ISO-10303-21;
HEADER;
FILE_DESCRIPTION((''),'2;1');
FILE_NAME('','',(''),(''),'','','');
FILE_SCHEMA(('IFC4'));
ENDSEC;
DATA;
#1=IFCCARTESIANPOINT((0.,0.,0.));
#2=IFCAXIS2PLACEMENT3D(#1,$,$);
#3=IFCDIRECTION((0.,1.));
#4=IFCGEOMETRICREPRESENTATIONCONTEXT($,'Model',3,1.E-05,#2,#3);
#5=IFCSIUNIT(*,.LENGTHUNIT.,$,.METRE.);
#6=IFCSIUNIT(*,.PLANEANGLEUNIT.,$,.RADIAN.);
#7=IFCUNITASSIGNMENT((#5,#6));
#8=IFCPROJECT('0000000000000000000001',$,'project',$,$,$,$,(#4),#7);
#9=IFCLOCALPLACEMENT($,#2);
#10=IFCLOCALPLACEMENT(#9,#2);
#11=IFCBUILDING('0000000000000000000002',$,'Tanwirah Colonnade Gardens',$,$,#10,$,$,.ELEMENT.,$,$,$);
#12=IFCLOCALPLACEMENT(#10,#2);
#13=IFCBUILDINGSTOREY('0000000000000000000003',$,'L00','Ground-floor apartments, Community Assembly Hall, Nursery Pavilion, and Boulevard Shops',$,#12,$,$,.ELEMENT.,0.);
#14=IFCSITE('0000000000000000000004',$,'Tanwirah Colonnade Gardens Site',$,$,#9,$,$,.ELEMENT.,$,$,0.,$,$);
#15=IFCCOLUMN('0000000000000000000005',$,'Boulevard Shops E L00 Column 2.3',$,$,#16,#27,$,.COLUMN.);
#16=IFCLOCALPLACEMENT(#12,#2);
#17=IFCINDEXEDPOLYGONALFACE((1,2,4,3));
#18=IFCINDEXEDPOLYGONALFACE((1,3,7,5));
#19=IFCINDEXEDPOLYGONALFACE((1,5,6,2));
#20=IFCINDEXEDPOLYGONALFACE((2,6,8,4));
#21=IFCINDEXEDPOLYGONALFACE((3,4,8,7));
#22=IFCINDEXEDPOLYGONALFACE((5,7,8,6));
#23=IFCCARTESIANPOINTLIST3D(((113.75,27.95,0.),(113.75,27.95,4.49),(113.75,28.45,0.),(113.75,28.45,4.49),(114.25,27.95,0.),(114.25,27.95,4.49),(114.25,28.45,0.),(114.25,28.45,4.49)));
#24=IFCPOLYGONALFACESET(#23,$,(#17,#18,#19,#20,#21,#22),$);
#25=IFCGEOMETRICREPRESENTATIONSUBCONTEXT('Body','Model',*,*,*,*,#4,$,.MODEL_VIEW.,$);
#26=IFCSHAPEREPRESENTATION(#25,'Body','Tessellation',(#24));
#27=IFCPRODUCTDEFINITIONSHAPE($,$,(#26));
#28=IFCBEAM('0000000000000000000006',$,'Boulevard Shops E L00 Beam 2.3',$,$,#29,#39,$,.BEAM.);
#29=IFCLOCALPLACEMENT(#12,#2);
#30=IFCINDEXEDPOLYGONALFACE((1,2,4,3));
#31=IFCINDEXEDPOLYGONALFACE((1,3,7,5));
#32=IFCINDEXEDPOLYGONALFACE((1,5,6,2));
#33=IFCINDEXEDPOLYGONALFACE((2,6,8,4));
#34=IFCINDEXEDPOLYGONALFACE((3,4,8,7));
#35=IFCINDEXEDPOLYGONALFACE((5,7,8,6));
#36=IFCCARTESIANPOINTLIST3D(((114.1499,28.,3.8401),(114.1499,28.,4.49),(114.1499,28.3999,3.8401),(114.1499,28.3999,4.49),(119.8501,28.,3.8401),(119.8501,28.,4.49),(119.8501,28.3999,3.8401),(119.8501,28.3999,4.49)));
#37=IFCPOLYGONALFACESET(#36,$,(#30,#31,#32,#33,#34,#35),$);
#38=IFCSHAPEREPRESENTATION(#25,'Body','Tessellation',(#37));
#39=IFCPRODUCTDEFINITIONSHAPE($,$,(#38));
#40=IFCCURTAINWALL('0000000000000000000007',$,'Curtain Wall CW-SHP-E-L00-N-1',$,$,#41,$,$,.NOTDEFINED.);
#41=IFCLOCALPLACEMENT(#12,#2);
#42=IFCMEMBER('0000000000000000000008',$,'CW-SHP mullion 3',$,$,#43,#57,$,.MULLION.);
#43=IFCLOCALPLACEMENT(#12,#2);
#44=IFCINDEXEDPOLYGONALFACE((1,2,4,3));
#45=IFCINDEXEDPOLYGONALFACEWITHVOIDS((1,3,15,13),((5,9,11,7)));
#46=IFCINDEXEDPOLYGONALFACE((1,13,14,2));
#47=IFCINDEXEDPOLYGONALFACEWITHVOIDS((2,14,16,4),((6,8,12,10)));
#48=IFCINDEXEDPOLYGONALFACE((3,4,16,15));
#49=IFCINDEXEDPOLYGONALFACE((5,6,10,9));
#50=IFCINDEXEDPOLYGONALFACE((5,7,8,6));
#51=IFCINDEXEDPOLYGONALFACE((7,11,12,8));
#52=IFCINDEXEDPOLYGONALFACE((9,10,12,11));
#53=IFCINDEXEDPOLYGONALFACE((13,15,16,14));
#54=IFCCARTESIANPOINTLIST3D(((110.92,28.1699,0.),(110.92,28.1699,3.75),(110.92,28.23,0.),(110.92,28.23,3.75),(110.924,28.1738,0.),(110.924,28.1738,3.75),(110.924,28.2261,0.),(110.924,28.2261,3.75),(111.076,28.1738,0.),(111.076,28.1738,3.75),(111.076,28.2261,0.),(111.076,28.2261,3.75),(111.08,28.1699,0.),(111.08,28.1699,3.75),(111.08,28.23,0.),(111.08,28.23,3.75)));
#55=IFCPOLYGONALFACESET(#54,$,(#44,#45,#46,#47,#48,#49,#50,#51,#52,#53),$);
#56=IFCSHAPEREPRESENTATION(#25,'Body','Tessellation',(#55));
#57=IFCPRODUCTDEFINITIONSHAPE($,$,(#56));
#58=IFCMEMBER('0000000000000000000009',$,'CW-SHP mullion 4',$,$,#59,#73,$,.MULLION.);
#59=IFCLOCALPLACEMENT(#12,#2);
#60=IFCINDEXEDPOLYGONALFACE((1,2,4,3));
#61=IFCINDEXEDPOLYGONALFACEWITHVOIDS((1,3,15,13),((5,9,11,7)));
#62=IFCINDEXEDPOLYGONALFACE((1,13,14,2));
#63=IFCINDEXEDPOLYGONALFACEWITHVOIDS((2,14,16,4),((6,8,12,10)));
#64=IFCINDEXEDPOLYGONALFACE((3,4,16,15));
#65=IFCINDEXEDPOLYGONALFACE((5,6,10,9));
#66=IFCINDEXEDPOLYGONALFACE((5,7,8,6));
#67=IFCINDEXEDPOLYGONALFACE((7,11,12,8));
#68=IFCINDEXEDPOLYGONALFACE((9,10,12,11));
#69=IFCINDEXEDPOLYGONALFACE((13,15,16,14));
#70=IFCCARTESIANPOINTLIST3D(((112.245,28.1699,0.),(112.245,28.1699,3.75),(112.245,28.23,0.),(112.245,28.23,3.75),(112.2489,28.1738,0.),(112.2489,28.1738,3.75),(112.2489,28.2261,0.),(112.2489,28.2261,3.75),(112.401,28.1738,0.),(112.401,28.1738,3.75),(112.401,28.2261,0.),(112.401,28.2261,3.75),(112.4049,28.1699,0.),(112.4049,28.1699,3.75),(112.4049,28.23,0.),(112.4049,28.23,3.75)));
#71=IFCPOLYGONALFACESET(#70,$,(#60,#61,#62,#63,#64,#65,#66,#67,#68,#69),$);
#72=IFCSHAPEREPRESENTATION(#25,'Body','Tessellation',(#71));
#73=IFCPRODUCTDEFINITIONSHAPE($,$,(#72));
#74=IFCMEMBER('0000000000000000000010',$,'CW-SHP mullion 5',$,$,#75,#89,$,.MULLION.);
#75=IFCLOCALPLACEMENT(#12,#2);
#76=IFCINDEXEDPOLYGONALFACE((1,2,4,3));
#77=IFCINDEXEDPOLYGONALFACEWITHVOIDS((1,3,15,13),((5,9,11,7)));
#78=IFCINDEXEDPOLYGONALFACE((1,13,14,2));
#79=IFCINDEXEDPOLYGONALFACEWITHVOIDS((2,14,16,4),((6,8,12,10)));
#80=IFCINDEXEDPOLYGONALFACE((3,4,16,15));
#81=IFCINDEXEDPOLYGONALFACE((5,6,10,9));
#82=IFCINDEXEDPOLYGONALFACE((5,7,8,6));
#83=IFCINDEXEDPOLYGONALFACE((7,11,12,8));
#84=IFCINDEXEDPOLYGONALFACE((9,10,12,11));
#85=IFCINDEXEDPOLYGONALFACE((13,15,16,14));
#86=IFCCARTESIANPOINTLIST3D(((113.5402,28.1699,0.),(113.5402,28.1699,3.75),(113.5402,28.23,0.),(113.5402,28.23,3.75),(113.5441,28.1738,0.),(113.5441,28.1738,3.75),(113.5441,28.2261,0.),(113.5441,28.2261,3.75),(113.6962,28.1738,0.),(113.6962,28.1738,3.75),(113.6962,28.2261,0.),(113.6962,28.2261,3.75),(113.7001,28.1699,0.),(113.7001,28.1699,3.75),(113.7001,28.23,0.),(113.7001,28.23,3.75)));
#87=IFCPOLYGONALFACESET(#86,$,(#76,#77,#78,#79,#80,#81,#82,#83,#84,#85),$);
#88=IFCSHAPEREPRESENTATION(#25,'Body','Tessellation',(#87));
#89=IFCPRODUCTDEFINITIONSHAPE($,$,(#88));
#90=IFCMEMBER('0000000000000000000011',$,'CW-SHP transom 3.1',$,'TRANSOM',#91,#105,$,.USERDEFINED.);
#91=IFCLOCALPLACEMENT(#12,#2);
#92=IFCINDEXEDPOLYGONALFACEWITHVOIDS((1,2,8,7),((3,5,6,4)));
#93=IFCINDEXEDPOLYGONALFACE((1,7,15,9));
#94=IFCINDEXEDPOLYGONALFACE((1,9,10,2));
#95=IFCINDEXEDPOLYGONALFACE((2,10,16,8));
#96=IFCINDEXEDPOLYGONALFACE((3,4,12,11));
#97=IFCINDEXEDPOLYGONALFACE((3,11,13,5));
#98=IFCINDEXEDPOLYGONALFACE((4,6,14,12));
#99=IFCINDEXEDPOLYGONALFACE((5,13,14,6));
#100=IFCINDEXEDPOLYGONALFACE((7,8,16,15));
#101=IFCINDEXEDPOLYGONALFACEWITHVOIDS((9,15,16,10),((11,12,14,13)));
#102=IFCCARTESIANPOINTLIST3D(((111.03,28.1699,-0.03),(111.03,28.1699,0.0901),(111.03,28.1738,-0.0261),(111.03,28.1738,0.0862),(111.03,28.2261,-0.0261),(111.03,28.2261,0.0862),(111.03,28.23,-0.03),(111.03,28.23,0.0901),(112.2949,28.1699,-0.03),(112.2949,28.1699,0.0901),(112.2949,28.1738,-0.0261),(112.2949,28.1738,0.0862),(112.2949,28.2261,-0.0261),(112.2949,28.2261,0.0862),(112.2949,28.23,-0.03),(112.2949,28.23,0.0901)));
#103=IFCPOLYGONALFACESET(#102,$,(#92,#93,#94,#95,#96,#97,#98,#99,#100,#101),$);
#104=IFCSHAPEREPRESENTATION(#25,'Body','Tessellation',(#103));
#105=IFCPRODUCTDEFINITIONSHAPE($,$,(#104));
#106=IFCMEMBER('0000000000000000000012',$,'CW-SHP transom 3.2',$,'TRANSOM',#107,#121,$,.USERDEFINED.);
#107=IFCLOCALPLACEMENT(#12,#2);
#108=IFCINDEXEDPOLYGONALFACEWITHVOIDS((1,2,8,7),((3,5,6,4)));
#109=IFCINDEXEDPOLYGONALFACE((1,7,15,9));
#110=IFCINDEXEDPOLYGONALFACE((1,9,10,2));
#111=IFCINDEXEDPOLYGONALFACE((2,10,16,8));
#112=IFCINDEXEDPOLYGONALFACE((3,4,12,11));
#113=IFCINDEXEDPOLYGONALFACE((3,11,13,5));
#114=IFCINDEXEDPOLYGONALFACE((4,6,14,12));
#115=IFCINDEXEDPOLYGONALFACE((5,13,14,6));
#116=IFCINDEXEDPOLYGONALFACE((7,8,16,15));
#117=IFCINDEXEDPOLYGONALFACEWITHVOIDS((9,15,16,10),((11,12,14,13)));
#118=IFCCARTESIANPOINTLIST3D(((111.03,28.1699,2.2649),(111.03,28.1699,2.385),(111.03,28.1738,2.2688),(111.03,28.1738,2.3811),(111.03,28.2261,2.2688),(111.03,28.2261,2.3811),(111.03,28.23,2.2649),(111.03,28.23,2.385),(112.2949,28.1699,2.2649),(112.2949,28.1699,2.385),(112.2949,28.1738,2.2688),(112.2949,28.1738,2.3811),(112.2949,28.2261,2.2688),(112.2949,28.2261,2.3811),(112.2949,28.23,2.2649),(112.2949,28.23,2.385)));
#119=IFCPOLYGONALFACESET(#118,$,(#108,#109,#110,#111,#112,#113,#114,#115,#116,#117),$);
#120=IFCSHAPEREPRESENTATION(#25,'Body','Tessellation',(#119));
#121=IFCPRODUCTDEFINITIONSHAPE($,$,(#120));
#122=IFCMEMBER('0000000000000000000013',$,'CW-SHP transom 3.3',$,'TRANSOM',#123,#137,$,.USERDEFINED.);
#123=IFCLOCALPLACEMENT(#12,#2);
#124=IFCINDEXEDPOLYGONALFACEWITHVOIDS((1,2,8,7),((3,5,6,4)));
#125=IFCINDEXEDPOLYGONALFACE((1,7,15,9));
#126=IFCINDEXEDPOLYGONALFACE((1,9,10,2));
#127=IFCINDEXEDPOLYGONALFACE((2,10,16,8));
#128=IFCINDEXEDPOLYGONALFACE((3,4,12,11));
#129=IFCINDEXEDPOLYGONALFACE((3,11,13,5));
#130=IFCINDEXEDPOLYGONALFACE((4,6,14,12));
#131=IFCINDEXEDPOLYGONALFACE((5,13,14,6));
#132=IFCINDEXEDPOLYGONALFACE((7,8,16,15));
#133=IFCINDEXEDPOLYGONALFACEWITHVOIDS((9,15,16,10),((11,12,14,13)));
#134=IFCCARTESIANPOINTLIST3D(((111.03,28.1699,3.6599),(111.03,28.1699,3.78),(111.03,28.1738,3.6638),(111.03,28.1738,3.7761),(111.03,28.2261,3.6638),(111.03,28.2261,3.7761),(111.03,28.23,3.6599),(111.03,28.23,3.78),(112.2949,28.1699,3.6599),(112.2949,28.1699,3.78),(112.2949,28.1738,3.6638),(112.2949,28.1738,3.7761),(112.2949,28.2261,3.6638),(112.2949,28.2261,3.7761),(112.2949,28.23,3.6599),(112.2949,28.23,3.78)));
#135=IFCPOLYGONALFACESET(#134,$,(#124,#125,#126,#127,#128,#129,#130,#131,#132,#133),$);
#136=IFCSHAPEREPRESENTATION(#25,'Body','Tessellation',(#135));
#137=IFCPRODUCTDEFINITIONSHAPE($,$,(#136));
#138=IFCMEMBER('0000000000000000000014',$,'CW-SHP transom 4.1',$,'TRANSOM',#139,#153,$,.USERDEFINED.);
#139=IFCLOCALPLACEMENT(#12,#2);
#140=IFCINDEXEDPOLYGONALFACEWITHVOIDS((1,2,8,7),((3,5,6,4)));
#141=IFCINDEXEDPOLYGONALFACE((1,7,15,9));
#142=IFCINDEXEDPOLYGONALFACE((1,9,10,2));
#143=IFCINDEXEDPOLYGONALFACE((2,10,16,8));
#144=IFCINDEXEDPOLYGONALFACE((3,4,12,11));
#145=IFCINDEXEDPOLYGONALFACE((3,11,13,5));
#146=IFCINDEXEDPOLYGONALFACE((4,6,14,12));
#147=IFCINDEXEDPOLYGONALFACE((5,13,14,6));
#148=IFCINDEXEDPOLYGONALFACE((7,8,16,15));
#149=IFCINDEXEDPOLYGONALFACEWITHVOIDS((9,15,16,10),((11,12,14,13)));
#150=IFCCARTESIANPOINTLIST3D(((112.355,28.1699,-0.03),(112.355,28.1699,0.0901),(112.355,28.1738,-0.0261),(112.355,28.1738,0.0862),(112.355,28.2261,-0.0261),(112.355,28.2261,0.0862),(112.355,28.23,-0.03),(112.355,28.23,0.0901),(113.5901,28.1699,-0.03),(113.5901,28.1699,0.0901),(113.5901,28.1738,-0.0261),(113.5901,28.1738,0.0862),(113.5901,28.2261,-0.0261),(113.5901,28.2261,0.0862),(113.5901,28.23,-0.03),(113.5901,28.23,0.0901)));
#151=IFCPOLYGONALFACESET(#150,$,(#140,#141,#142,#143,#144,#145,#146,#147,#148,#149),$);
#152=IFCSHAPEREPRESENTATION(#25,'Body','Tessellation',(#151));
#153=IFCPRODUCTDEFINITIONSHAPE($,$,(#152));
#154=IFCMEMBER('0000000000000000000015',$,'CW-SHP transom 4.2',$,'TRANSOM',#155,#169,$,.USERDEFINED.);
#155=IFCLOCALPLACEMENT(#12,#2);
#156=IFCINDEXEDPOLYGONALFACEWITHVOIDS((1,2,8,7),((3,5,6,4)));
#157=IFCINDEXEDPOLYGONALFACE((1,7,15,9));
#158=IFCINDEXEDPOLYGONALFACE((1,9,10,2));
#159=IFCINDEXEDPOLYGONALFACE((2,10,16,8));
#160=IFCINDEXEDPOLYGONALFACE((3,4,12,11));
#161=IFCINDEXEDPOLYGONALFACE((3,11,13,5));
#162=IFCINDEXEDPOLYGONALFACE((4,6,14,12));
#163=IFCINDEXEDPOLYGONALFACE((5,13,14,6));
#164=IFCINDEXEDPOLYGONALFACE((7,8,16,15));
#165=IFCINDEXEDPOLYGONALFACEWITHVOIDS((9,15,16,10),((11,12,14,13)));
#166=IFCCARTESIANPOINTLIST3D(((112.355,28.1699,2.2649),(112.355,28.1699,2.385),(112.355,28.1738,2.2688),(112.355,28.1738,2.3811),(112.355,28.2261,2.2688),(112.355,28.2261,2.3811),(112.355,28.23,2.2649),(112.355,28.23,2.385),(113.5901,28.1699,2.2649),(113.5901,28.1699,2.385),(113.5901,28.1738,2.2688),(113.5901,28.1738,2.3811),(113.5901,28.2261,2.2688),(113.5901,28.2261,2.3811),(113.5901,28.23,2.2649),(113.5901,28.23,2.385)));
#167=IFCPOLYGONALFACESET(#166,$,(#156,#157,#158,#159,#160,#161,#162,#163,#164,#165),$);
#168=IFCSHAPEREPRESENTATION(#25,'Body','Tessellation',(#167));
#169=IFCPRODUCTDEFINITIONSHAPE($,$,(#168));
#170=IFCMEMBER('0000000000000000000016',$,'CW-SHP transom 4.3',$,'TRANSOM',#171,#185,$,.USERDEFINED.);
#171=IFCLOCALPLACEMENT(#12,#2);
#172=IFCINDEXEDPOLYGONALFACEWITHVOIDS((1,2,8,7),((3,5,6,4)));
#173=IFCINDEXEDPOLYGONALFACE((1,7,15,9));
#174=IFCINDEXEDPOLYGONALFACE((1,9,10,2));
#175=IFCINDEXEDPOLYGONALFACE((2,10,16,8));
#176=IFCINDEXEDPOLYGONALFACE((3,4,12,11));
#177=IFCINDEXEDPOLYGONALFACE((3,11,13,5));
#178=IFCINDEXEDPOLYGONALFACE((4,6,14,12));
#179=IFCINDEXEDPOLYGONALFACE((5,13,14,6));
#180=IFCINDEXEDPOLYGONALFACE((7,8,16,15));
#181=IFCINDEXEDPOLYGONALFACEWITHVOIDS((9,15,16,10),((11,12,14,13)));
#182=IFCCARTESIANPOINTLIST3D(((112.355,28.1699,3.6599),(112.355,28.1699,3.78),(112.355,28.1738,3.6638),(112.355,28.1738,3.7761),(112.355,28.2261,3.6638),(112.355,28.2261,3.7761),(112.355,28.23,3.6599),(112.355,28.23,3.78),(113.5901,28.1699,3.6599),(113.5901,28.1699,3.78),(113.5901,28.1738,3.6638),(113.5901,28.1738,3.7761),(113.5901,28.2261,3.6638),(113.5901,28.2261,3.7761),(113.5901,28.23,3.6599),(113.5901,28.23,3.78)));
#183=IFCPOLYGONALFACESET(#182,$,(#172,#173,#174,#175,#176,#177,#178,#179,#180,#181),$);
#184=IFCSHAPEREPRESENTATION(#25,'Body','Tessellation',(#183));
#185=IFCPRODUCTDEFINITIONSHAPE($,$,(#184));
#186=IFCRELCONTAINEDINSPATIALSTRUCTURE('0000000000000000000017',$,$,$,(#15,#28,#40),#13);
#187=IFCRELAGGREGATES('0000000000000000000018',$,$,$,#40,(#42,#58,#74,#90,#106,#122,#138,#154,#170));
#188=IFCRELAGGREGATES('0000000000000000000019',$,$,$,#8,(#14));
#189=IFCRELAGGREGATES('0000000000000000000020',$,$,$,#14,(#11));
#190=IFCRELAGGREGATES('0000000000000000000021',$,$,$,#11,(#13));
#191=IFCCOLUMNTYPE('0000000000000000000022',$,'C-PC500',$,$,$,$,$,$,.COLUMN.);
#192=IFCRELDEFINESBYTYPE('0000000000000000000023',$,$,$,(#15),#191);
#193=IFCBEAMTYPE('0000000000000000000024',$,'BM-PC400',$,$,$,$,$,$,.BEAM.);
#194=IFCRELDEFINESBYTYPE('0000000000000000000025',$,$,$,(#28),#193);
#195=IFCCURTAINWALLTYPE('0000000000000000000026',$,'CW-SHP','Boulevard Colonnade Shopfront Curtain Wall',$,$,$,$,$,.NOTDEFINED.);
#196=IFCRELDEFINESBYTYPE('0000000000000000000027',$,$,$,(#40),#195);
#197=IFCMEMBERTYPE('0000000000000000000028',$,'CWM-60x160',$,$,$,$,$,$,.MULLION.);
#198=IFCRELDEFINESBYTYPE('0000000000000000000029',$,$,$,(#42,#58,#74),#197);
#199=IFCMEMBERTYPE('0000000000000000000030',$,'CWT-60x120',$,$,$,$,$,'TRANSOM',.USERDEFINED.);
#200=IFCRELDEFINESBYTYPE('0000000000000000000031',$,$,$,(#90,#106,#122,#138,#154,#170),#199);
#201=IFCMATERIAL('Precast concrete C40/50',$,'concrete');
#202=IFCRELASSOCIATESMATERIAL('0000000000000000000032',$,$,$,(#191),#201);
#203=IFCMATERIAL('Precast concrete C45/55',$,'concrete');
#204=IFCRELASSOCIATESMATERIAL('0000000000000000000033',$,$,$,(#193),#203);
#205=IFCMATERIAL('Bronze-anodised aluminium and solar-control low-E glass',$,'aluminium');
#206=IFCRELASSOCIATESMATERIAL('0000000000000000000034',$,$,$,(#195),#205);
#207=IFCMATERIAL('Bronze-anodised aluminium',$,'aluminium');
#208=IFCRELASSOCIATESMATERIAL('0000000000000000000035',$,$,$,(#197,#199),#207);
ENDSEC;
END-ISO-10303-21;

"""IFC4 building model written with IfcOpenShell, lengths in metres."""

from ifc_helpers import new_model, si_unit, direction, frame, origin, origin_2d, place, context, subcontext, project, spatial, rectangle, hollow_rectangle, extrude, material, material_profile, profile_set, type_object, element, aggregate, save


model = new_model("IFC4")

# Units and contexts
model_context = context("Model", 3, precision=1e-05, world=origin(), true_north=direction((0.0, 1.0)))
body_context = subcontext(model_context, "Body", "Model", "MODEL_VIEW")
ifc_project = project(units=[si_unit("LENGTHUNIT", "METRE"), si_unit("PLANEANGLEUNIT", "RADIAN")], contexts=[model_context])

# Site, building, storey
site_placement = place(None, origin())
site = spatial("IfcSite", under=ifc_project, at=site_placement, Name="Tanwirah Colonnade Gardens Site", CompositionType="ELEMENT", RefElevation=0.0)
building_placement = place(site_placement, origin())
building = spatial("IfcBuilding", under=site, at=building_placement, Name="Tanwirah Colonnade Gardens", CompositionType="ELEMENT")
storey_placement = place(building_placement, origin())
storey = spatial("IfcBuildingStorey", under=building, at=storey_placement, Name="L00", Description="Ground-floor apartments, Community Assembly Hall, Nursery Pavilion, and Boulevard Shops", CompositionType="ELEMENT", Elevation=0.0)

# Column
ifc_material_1 = material(Name="Precast concrete C40/50", Category="concrete")
ifc_material_profile_1 = material_profile(ifc_material_1, rectangle(XDim=0.5, YDim=0.5, at=origin_2d()), Name="PC-COL 500x500")
ifc_profile_set_1 = profile_set([ifc_material_profile_1], Name="Precast concrete C40/50")
column_type = type_object("IfcColumnType", Name="C-PC500", PredefinedType="COLUMN", material=ifc_profile_set_1)
column_placement = place(storey_placement, frame((114.0, 28.2, 0.0), z_axis=(0.0, 0.0, 1.0), x_axis=(1.0, 0.0, 0.0)))
element("IfcColumn", 1, at=column_placement, inside=storey, type_object=column_type, Name="Boulevard Shops E L00 Column 2.3", PredefinedType="COLUMN", context=body_context, shape_type="SweptSolid", body=[
    extrude(rectangle(XDim=0.5, YDim=0.5, at=origin_2d()), origin(), (0.0, 0.0, 1.0), 4.49),
])

# Beam
ifc_material_2 = material(Name="Precast concrete C45/55", Category="concrete")
ifc_material_profile_2 = material_profile(ifc_material_2, rectangle(XDim=0.3999, YDim=0.6499, at=origin_2d()), Name="PC-BM 400x650")
ifc_profile_set_2 = profile_set([ifc_material_profile_2], Name="Precast concrete C45/55")
beam_type = type_object("IfcBeamType", Name="BM-PC400", PredefinedType="BEAM", material=ifc_profile_set_2)
beam_placement = place(storey_placement, frame((114.1499, 28.2, 4.165), z_axis=(1.0, 0.0, 0.0), x_axis=(0.0, 1.0, 0.0)))
element("IfcBeam", 2, at=beam_placement, inside=storey, type_object=beam_type, Name="Boulevard Shops E L00 Beam 2.3", PredefinedType="BEAM", context=body_context, shape_type="SweptSolid", body=[
    extrude(rectangle(XDim=0.3999, YDim=0.6499, at=origin_2d()), origin(), (0.0, 0.0, 1.0), 5.7002),
])

# Curtain wall, members
ifc_material_3 = material(Name="Bronze-anodised aluminium and solar-control low-E glass", Category="aluminium")
curtain_wall_type = type_object("IfcCurtainWallType", Name="CW-SHP", Description="Boulevard Colonnade Shopfront Curtain Wall", PredefinedType="NOTDEFINED", material=ifc_material_3)
curtain_wall_1_placement = place(storey_placement, origin())
curtain_wall_1 = element("IfcCurtainWall", 3, at=curtain_wall_1_placement, inside=storey, type_object=curtain_wall_type, Name="Curtain Wall CW-SHP-E-L00-N-1", PredefinedType="NOTDEFINED")
ifc_material_4 = material(Name="Bronze-anodised aluminium", Category="aluminium")
ifc_material_profile_3 = material_profile(ifc_material_4, hollow_rectangle(XDim=0.0601, YDim=0.1599, WallThickness=0.0039, at=origin_2d()), Name="CW-MUL 60x160x4")
ifc_profile_set_3 = profile_set([ifc_material_profile_3], Name="Bronze-anodised aluminium")
member_type_1 = type_object("IfcMemberType", Name="CWM-60x160", PredefinedType="MULLION", material=ifc_profile_set_3)
member_1_placement = place(storey_placement, frame((111.0, 28.2, 0.0), z_axis=(0.0, 0.0, 1.0), x_axis=(0.0, 1.0, 0.0)))
member_1 = element("IfcMember", 4, at=member_1_placement, type_object=member_type_1, Name="CW-SHP mullion 3", PredefinedType="MULLION", context=body_context, shape_type="SweptSolid", body=[
    extrude(hollow_rectangle(XDim=0.0601, YDim=0.1599, WallThickness=0.0039, at=origin_2d()), origin(), (0.0, 0.0, 1.0), 3.75),
])
member_2_placement = place(storey_placement, frame((112.325, 28.2, 0.0), z_axis=(0.0, 0.0, 1.0), x_axis=(0.0, 1.0, 0.0)))
member_2 = element("IfcMember", 5, at=member_2_placement, type_object=member_type_1, Name="CW-SHP mullion 4", PredefinedType="MULLION", context=body_context, shape_type="SweptSolid", body=[
    extrude(hollow_rectangle(XDim=0.0601, YDim=0.1599, WallThickness=0.0039, at=origin_2d()), origin(), (0.0, 0.0, 1.0), 3.75),
])
member_3_placement = place(storey_placement, frame((113.6201, 28.2, 0.0), z_axis=(0.0, 0.0, 1.0), x_axis=(0.0, 1.0, 0.0)))
member_3 = element("IfcMember", 6, at=member_3_placement, type_object=member_type_1, Name="CW-SHP mullion 5", PredefinedType="MULLION", context=body_context, shape_type="SweptSolid", body=[
    extrude(hollow_rectangle(XDim=0.0601, YDim=0.1599, WallThickness=0.0039, at=origin_2d()), origin(), (0.0, 0.0, 1.0), 3.75),
])
ifc_material_profile_4 = material_profile(ifc_material_4, hollow_rectangle(XDim=0.0601, YDim=0.1201, WallThickness=0.0039, at=origin_2d()), Name="CW-TRN 60x120x4")
ifc_profile_set_4 = profile_set([ifc_material_profile_4], Name="Bronze-anodised aluminium")
member_type_2 = type_object("IfcMemberType", Name="CWT-60x120", ElementType="TRANSOM", PredefinedType="USERDEFINED", material=ifc_profile_set_4)
member_4_placement = place(storey_placement, frame((111.03, 28.2, 0.03), z_axis=(1.0, 0.0, 0.0), x_axis=(0.0, 1.0, 0.0)))
member_4 = element("IfcMember", 7, at=member_4_placement, type_object=member_type_2, Name="CW-SHP transom 3.1", ObjectType="TRANSOM", PredefinedType="USERDEFINED", context=body_context, shape_type="SweptSolid", body=[
    extrude(hollow_rectangle(XDim=0.0601, YDim=0.1201, WallThickness=0.0039, at=origin_2d()), origin(), (0.0, 0.0, 1.0), 1.2649),
])
member_5_placement = place(storey_placement, frame((111.03, 28.2, 2.325), z_axis=(1.0, 0.0, 0.0), x_axis=(0.0, 1.0, 0.0)))
member_5 = element("IfcMember", 8, at=member_5_placement, type_object=member_type_2, Name="CW-SHP transom 3.2", ObjectType="TRANSOM", PredefinedType="USERDEFINED", context=body_context, shape_type="SweptSolid", body=[
    extrude(hollow_rectangle(XDim=0.0601, YDim=0.1201, WallThickness=0.0039, at=origin_2d()), origin(), (0.0, 0.0, 1.0), 1.2649),
])
member_6_placement = place(storey_placement, frame((111.03, 28.2, 3.72), z_axis=(1.0, 0.0, 0.0), x_axis=(0.0, 1.0, 0.0)))
member_6 = element("IfcMember", 9, at=member_6_placement, type_object=member_type_2, Name="CW-SHP transom 3.3", ObjectType="TRANSOM", PredefinedType="USERDEFINED", context=body_context, shape_type="SweptSolid", body=[
    extrude(hollow_rectangle(XDim=0.0601, YDim=0.1201, WallThickness=0.0039, at=origin_2d()), origin(), (0.0, 0.0, 1.0), 1.2649),
])
member_7_placement = place(storey_placement, frame((112.355, 28.2, 0.03), z_axis=(1.0, 0.0, 0.0), x_axis=(0.0, 1.0, 0.0)))
member_7 = element("IfcMember", 10, at=member_7_placement, type_object=member_type_2, Name="CW-SHP transom 4.1", ObjectType="TRANSOM", PredefinedType="USERDEFINED", context=body_context, shape_type="SweptSolid", body=[
    extrude(hollow_rectangle(XDim=0.0601, YDim=0.1201, WallThickness=0.0039, at=origin_2d()), origin(), (0.0, 0.0, 1.0), 1.2351),
])
member_8_placement = place(storey_placement, frame((112.355, 28.2, 2.325), z_axis=(1.0, 0.0, 0.0), x_axis=(0.0, 1.0, 0.0)))
member_8 = element("IfcMember", 11, at=member_8_placement, type_object=member_type_2, Name="CW-SHP transom 4.2", ObjectType="TRANSOM", PredefinedType="USERDEFINED", context=body_context, shape_type="SweptSolid", body=[
    extrude(hollow_rectangle(XDim=0.0601, YDim=0.1201, WallThickness=0.0039, at=origin_2d()), origin(), (0.0, 0.0, 1.0), 1.2351),
])
member_9_placement = place(storey_placement, frame((112.355, 28.2, 3.72), z_axis=(1.0, 0.0, 0.0), x_axis=(0.0, 1.0, 0.0)))
member_9 = element("IfcMember", 12, at=member_9_placement, type_object=member_type_2, Name="CW-SHP transom 4.3", ObjectType="TRANSOM", PredefinedType="USERDEFINED", context=body_context, shape_type="SweptSolid", body=[
    extrude(hollow_rectangle(XDim=0.0601, YDim=0.1201, WallThickness=0.0039, at=origin_2d()), origin(), (0.0, 0.0, 1.0), 1.2351),
])
aggregate(curtain_wall_1, [member_1, member_2, member_3, member_4, member_5, member_6, member_7, member_8, member_9])

save(model, "model.ifc")
